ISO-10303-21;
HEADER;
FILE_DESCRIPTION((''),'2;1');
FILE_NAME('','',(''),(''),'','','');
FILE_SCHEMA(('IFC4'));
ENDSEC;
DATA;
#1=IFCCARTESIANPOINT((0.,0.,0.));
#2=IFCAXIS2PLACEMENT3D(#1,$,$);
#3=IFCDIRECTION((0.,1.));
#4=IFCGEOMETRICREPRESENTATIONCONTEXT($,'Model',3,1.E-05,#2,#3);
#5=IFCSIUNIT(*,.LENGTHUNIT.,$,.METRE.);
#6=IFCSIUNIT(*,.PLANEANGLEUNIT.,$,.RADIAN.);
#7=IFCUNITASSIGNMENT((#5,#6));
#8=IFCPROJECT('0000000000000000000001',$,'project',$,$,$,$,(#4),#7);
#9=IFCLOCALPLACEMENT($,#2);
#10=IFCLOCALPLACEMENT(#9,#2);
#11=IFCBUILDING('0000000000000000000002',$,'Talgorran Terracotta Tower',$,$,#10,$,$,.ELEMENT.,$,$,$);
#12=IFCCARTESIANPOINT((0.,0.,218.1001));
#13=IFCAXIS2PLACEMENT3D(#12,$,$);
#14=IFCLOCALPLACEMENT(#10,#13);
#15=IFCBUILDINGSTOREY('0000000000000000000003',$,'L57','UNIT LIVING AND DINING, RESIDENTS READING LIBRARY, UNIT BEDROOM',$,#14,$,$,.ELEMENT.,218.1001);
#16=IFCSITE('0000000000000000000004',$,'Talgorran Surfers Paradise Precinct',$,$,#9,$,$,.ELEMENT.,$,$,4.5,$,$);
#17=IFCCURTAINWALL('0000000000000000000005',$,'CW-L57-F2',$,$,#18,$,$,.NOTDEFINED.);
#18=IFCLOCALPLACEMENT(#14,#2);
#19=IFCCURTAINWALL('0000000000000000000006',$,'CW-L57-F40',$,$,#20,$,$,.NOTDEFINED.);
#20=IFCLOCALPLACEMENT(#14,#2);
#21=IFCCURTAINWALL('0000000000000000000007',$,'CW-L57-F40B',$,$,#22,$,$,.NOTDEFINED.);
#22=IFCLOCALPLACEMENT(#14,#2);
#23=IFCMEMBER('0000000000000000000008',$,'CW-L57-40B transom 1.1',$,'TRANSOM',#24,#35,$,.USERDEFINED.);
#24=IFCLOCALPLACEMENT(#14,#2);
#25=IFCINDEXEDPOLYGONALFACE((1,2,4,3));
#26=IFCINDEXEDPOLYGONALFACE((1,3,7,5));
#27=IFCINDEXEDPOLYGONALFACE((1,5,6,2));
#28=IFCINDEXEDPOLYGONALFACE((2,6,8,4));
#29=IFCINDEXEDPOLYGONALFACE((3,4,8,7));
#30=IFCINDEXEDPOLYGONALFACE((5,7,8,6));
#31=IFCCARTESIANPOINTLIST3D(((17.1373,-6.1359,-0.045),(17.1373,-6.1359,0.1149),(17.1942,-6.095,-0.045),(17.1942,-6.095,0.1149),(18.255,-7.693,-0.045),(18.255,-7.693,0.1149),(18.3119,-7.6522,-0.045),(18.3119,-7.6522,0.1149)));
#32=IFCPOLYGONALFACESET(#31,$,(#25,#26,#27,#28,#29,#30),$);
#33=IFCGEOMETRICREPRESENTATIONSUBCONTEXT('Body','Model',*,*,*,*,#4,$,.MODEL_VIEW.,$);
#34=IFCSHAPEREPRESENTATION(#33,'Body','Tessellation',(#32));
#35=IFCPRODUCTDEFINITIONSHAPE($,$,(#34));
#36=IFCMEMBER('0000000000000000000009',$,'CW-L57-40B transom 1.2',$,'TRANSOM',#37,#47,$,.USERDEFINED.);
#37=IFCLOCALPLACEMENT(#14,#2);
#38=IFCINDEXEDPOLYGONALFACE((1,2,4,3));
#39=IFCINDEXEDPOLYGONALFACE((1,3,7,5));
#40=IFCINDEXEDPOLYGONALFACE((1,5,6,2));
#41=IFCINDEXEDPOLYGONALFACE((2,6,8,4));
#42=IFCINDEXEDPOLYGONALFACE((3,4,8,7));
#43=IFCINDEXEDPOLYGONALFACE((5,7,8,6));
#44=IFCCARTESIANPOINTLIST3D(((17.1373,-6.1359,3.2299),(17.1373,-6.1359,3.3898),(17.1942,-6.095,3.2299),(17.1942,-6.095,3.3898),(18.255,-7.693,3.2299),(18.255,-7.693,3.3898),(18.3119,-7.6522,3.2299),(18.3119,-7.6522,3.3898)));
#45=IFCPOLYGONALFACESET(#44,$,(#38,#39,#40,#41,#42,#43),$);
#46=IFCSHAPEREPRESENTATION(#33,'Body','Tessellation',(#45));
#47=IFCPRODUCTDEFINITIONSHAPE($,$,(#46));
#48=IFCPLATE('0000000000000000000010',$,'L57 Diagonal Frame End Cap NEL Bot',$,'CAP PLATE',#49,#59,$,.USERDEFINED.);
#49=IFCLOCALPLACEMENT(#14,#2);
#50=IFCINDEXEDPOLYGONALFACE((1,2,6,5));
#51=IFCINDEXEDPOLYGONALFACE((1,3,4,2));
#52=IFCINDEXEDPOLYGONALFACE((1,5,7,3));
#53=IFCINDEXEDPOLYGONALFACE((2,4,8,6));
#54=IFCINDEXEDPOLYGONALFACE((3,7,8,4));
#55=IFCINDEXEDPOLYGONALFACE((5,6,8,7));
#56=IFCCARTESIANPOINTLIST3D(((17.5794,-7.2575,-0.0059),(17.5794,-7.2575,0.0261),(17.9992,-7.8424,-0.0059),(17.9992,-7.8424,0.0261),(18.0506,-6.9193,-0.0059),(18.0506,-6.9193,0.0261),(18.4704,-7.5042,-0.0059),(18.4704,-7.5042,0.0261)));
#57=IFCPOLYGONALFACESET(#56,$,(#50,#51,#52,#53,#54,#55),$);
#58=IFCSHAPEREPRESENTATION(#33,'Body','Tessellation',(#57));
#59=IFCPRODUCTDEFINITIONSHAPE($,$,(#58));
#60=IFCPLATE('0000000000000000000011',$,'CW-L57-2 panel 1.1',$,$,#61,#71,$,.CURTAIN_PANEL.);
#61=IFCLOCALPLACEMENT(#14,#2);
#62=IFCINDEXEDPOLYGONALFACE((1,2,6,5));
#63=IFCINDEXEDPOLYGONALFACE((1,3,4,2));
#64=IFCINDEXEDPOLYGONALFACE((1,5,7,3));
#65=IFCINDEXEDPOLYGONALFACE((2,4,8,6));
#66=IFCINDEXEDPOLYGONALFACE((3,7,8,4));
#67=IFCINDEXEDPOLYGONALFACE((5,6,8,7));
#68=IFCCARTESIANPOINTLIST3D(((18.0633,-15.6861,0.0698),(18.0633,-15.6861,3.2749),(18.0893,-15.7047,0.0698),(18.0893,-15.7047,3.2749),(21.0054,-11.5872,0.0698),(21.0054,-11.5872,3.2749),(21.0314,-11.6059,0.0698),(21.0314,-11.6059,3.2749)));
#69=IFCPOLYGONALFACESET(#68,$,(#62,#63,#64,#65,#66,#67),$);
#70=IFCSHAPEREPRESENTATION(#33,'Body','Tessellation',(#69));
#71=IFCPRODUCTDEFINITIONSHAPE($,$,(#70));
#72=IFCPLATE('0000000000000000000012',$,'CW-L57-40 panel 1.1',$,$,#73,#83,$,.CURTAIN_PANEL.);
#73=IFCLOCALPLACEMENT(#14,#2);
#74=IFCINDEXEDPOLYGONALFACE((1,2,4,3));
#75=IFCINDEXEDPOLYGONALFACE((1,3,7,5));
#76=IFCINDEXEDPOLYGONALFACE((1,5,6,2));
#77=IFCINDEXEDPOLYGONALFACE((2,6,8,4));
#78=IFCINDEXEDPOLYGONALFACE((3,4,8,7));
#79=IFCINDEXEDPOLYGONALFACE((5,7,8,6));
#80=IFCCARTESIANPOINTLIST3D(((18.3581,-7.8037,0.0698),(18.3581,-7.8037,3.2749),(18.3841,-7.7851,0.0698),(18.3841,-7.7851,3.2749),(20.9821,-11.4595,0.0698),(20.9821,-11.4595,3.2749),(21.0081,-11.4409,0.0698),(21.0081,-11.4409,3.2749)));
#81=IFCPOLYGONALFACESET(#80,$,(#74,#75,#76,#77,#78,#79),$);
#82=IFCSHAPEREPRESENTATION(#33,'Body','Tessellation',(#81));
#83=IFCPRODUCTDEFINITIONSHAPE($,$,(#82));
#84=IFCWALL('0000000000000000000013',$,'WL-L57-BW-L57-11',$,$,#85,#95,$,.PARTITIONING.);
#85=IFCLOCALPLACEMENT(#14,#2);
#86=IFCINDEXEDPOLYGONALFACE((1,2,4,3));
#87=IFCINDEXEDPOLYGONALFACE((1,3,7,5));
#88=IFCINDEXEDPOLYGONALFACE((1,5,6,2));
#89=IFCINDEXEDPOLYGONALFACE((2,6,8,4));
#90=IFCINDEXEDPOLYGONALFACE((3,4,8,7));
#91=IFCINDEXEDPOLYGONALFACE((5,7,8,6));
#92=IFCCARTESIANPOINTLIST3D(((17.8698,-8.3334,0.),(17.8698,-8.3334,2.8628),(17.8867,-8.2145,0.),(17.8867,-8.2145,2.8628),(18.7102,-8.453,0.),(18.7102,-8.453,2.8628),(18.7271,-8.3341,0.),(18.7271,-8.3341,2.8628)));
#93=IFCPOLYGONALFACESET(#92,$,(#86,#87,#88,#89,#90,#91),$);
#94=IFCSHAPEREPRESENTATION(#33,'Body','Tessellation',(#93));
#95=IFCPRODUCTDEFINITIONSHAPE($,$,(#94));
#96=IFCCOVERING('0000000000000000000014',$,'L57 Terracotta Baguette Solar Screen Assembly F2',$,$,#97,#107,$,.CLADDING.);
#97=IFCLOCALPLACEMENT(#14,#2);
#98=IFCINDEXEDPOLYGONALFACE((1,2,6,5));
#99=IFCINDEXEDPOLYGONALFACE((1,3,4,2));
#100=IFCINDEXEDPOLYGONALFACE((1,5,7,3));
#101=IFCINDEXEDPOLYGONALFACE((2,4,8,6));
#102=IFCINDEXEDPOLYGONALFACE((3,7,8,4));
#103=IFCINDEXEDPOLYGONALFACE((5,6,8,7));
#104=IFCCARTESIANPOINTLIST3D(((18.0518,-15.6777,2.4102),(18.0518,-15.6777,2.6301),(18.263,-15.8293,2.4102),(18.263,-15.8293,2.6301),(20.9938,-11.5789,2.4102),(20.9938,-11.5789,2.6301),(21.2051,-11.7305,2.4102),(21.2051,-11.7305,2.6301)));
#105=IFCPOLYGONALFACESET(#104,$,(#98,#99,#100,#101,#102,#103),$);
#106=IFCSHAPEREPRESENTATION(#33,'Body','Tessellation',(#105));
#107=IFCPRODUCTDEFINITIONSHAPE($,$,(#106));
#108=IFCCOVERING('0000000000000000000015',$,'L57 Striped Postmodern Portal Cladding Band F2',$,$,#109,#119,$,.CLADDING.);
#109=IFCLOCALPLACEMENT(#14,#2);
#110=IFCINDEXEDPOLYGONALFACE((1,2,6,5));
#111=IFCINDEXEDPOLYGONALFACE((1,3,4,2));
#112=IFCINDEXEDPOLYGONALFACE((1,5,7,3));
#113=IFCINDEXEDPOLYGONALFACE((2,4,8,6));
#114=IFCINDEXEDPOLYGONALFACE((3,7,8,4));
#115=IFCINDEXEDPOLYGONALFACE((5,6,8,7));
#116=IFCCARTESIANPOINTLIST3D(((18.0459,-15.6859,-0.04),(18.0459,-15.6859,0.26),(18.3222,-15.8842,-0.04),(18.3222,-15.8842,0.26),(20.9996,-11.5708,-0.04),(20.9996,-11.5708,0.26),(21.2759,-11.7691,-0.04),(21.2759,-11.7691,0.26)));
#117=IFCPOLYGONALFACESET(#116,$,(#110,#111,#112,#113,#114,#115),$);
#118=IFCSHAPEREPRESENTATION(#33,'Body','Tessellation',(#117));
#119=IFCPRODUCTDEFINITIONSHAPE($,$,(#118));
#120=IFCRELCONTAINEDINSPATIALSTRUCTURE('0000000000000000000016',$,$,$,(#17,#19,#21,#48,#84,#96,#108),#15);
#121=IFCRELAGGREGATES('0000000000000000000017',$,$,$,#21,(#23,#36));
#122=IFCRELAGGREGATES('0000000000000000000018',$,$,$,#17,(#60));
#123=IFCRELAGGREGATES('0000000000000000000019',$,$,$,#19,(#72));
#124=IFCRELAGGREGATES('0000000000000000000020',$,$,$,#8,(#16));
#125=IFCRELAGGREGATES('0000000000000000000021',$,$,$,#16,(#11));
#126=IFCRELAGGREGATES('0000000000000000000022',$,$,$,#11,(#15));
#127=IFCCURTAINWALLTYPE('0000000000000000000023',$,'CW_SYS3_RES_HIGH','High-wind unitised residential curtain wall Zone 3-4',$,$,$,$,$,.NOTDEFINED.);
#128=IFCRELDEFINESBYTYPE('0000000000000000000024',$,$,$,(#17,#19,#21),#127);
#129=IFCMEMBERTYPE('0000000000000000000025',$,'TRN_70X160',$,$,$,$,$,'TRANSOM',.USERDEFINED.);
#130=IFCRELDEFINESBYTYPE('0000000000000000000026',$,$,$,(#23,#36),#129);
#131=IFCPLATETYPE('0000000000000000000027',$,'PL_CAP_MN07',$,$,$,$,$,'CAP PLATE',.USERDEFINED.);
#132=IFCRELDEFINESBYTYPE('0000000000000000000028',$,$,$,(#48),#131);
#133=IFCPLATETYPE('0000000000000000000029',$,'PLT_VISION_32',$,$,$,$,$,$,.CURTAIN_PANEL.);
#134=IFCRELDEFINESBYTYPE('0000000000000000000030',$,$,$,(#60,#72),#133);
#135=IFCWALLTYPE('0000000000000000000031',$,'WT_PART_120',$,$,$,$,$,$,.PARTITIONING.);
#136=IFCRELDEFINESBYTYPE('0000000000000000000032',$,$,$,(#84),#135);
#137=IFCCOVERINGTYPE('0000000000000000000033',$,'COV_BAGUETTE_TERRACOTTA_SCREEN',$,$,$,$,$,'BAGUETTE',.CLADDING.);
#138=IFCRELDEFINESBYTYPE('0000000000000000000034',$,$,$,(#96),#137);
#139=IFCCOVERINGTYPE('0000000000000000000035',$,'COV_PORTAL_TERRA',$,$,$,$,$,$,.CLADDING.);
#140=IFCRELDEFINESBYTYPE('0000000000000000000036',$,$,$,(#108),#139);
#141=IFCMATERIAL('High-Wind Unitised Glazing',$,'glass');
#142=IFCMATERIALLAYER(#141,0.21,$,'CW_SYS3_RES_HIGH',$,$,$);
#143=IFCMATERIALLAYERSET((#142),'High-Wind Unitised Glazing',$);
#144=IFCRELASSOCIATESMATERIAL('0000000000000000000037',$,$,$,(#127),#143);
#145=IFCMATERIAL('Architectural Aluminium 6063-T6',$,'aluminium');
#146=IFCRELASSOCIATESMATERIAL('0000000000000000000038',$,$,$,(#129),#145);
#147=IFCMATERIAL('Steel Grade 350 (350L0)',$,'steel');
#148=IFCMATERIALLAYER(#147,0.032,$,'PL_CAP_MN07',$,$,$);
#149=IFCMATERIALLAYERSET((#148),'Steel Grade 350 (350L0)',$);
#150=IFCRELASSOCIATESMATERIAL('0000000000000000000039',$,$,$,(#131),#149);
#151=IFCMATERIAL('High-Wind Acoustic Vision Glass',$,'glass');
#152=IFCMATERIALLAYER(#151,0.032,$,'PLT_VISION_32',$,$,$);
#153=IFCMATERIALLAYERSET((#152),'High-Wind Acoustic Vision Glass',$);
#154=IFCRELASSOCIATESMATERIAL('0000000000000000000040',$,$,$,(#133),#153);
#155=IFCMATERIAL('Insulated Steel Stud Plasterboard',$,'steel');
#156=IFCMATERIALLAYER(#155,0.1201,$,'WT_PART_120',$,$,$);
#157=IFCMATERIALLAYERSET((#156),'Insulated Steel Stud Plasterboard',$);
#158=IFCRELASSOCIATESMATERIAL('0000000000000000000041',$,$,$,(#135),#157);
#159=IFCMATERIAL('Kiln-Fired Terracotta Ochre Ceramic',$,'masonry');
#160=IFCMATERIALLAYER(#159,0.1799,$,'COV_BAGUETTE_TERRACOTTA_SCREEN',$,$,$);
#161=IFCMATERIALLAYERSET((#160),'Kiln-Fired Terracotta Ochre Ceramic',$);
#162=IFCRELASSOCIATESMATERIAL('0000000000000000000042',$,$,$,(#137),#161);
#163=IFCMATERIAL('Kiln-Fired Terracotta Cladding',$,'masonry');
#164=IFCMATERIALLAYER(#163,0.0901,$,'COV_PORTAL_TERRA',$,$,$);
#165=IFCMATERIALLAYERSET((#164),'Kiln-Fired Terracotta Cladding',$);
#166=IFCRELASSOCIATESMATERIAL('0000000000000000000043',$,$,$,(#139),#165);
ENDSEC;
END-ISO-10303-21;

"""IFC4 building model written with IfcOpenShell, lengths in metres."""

from ifc_helpers import new_model, si_unit, direction, frame, frame_2d, origin, origin_2d, place, context, subcontext, project, spatial, rectangle, extrude, source, transform, mapped, material, layer, layer_set, material_profile, profile_set, type_object, type_shapes, element, aggregate, save


model = new_model("IFC4")

# Units and contexts
model_context = context("Model", 3, precision=1e-05, world=origin(), true_north=direction((0.0, 1.0)))
body_context = subcontext(model_context, "Body", "Model", "MODEL_VIEW")
ifc_project = project(units=[si_unit("LENGTHUNIT", "METRE"), si_unit("PLANEANGLEUNIT", "RADIAN")], contexts=[model_context])

# Site, building, storey
site_placement = place(None, origin())
site = spatial("IfcSite", under=ifc_project, at=site_placement, Name="Talgorran Surfers Paradise Precinct", CompositionType="ELEMENT", RefElevation=4.5)
building_placement = place(site_placement, origin())
building = spatial("IfcBuilding", under=site, at=building_placement, Name="Talgorran Terracotta Tower", CompositionType="ELEMENT")
storey_placement = place(building_placement, frame((0.0, 0.0, 218.1001)))
storey = spatial("IfcBuildingStorey", under=building, at=storey_placement, Name="L57", Description="UNIT LIVING AND DINING, RESIDENTS READING LIBRARY, UNIT BEDROOM", CompositionType="ELEMENT", Elevation=218.1001)

# Shared definitions
ifc_material_1 = material(Name="Steel Grade 350 (350L0)", Category="steel")

# Curtain walls
ifc_material_2 = material(Name="High-Wind Unitised Glazing", Category="glass")
ifc_layer_1 = layer(ifc_material_2, 0.21, Name="CW_SYS3_RES_HIGH")
ifc_layer_set_1 = layer_set([ifc_layer_1], Name="High-Wind Unitised Glazing")
curtain_wall_type = type_object("IfcCurtainWallType", Name="CW_SYS3_RES_HIGH", Description="High-wind unitised residential curtain wall Zone 3-4", PredefinedType="NOTDEFINED", material=ifc_layer_set_1)
curtain_wall_1_placement = place(storey_placement, origin())
curtain_wall_1 = element("IfcCurtainWall", 1, at=curtain_wall_1_placement, inside=storey, type_object=curtain_wall_type, Name="CW-L57-F2", PredefinedType="NOTDEFINED")
ifc_material_3 = material(Name="Architectural Aluminium 6063-T6", Category="aluminium")
curtain_wall_2_placement = place(storey_placement, origin())
curtain_wall_2 = element("IfcCurtainWall", 2, at=curtain_wall_2_placement, inside=storey, type_object=curtain_wall_type, Name="CW-L57-F40", PredefinedType="NOTDEFINED")

# Curtain wall
curtain_wall_3_placement = place(storey_placement, origin())
curtain_wall_3 = element("IfcCurtainWall", 3, at=curtain_wall_3_placement, inside=storey, type_object=curtain_wall_type, Name="CW-L57-F40B", PredefinedType="NOTDEFINED")

# Members
ifc_material_profile_1 = material_profile(ifc_material_3, rectangle(XDim=0.0701, YDim=0.1599, at=origin_2d()), Name="CWT70X160")
ifc_profile_set_1 = profile_set([ifc_material_profile_1], Name="Architectural Aluminium 6063-T6")
member_type_1 = type_object("IfcMemberType", Name="TRN_70X160", ElementType="TRANSOM", PredefinedType="USERDEFINED", material=ifc_profile_set_1)
member_1_placement = place(storey_placement, frame((18.2834, -7.6726, 0.0349), z_axis=(-0.583116, 0.812389, 0.0), x_axis=(-0.812389, -0.583116, 0.0)))
member_1 = element("IfcMember", 4, at=member_1_placement, type_object=member_type_1, Name="CW-L57-40B transom 1.1", ObjectType="TRANSOM", PredefinedType="USERDEFINED", context=body_context, shape_type="SweptSolid", body=[
    extrude(rectangle(XDim=0.0701, YDim=0.1599, at=origin_2d()), origin(), (0.0, 0.0, 1.0), 1.9167),
])
member_2_placement = place(storey_placement, frame((18.2834, -7.6726, 3.3098), z_axis=(-0.583116, 0.812389, 0.0), x_axis=(-0.812389, -0.583116, 0.0)))
member_2 = element("IfcMember", 5, at=member_2_placement, type_object=member_type_1, Name="CW-L57-40B transom 1.2", ObjectType="TRANSOM", PredefinedType="USERDEFINED", context=body_context, shape_type="SweptSolid", body=[
    extrude(rectangle(XDim=0.0701, YDim=0.1599, at=origin_2d()), origin(), (0.0, 0.0, 1.0), 1.9167),
])
aggregate(curtain_wall_3, [member_1, member_2])

# Plates
ifc_layer_2 = layer(ifc_material_1, 0.032, Name="PL_CAP_MN07")
ifc_layer_set_2 = layer_set([ifc_layer_2], Name="Steel Grade 350 (350L0)")
plate_type_1 = type_object("IfcPlateType", Name="PL_CAP_MN07", ElementType="CAP PLATE", PredefinedType="USERDEFINED", material=ifc_layer_set_2)
plate_1_placement = place(storey_placement, frame((18.0249, -7.3809, -0.0059), z_axis=(0.0, 0.0, 1.0), x_axis=(-0.583116, 0.812389, 0.0)))
element("IfcPlate", 6, at=plate_1_placement, inside=storey, type_object=plate_type_1, Name="L57 Diagonal Frame End Cap NEL Bot", ObjectType="CAP PLATE", PredefinedType="USERDEFINED", context=body_context, shape_type="SweptSolid", body=[
    extrude(rectangle(XDim=0.72, YDim=0.5801, at=origin_2d()), origin(), (0.0, 0.0, 1.0), 0.032),
])
ifc_material_4 = material(Name="High-Wind Acoustic Vision Glass", Category="glass")
ifc_layer_3 = layer(ifc_material_4, 0.032, Name="PLT_VISION_32")
ifc_layer_set_3 = layer_set([ifc_layer_3], Name="High-Wind Acoustic Vision Glass")
plate_type_2 = type_object("IfcPlateType", Name="PLT_VISION_32", PredefinedType="CURTAIN_PANEL", material=ifc_layer_set_3)
shared_shape_1 = source(origin(), body_context, "Body", "SweptSolid", [
    extrude(rectangle(XDim=5.0454, YDim=0.032, at=origin_2d()), origin(), (0.0, 0.0, 1.0), 3.2051),
])
plate_2_placement = place(storey_placement, frame((19.5474, -13.646, 0.0698), z_axis=(0.0, 0.0, 1.0), x_axis=(0.583114, 0.81239, 0.0)))
plate_2 = element("IfcPlate", 7, at=plate_2_placement, type_object=plate_type_2, Name="CW-L57-2 panel 1.1", PredefinedType="CURTAIN_PANEL", context=body_context, shape_type="MappedRepresentation", body=[
    mapped(shared_shape_1, transform((0.0, 0.0, 0.0), scale=1.0)),
])
aggregate(curtain_wall_1, [plate_2])
shared_shape_2 = source(origin(), body_context, "Body", "SweptSolid", [
    extrude(rectangle(XDim=4.5, YDim=0.032, at=origin_2d()), origin(), (0.0, 0.0, 1.0), 3.2051),
])
type_shapes(plate_type_2, [shared_shape_1, shared_shape_2])
plate_3_placement = place(storey_placement, frame((19.6831, -9.6223, 0.0698), z_axis=(0.0, 0.0, 1.0), x_axis=(-0.583106, 0.812396, 0.0)))
plate_3 = element("IfcPlate", 8, at=plate_3_placement, type_object=plate_type_2, Name="CW-L57-40 panel 1.1", PredefinedType="CURTAIN_PANEL", context=body_context, shape_type="MappedRepresentation", body=[
    mapped(shared_shape_2, transform((0.0, 0.0, 0.0), scale=1.0)),
])
aggregate(curtain_wall_2, [plate_3])

# Wall
ifc_material_5 = material(Name="Insulated Steel Stud Plasterboard", Category="steel")
ifc_layer_4 = layer(ifc_material_5, 0.1201, Name="WT_PART_120")
ifc_layer_set_4 = layer_set([ifc_layer_4], Name="Insulated Steel Stud Plasterboard")
wall_type = type_object("IfcWallType", Name="WT_PART_120", PredefinedType="PARTITIONING", material=ifc_layer_set_4)
wall_placement = place(storey_placement, frame((18.7185, -8.3936, 0.0), z_axis=(0.0, 0.0, 1.0), x_axis=(-0.990018, 0.140938, 0.0)))
element("IfcWall", 9, at=wall_placement, inside=storey, type_object=wall_type, Name="WL-L57-BW-L57-11", PredefinedType="PARTITIONING", context=body_context, shape_type="SweptSolid", body=[
    extrude(rectangle(XDim=0.8489, YDim=0.1201, at=frame_2d((0.4243, 0.0))), origin(), (0.0, 0.0, 1.0), 2.8628),
])

# Coverings
ifc_material_6 = material(Name="Kiln-Fired Terracotta Ochre Ceramic", Category="masonry")
ifc_layer_5 = layer(ifc_material_6, 0.1799, Name="COV_BAGUETTE_TERRACOTTA_SCREEN")
ifc_layer_set_5 = layer_set([ifc_layer_5], Name="Kiln-Fired Terracotta Ochre Ceramic")
covering_type_1 = type_object("IfcCoveringType", Name="COV_BAGUETTE_TERRACOTTA_SCREEN", ElementType="BAGUETTE", PredefinedType="CLADDING", material=ifc_layer_set_5)
covering_1_placement = place(storey_placement, frame((19.6284, -13.7041, 2.4102), z_axis=(0.0, 0.0, 1.0), x_axis=(0.583116, 0.812389, 0.0)))
element("IfcCovering", 10, at=covering_1_placement, inside=storey, type_object=covering_type_1, Name="L57 Terracotta Baguette Solar Screen Assembly F2", PredefinedType="CLADDING", context=body_context, shape_type="SweptSolid", body=[
    extrude(rectangle(XDim=5.0454, YDim=0.26, at=origin_2d()), origin(), (0.0, 0.0, 1.0), 0.22),
])
ifc_material_7 = material(Name="Kiln-Fired Terracotta Cladding", Category="masonry")
ifc_layer_6 = layer(ifc_material_7, 0.0901, Name="COV_PORTAL_TERRA")
ifc_layer_set_6 = layer_set([ifc_layer_6], Name="Kiln-Fired Terracotta Cladding")
covering_type_2 = type_object("IfcCoveringType", Name="COV_PORTAL_TERRA", PredefinedType="CLADDING", material=ifc_layer_set_6)
covering_2_placement = place(storey_placement, frame((19.6609, -13.7275, -0.04), z_axis=(0.0, 0.0, 1.0), x_axis=(0.583116, 0.812389, 0.0)))
element("IfcCovering", 11, at=covering_2_placement, inside=storey, type_object=covering_type_2, Name="L57 Striped Postmodern Portal Cladding Band F2", PredefinedType="CLADDING", context=body_context, shape_type="SweptSolid", body=[
    extrude(rectangle(XDim=5.0654, YDim=0.3401, at=origin_2d()), origin(), (0.0, 0.0, 1.0), 0.3),
])

save(model, "model.ifc")
